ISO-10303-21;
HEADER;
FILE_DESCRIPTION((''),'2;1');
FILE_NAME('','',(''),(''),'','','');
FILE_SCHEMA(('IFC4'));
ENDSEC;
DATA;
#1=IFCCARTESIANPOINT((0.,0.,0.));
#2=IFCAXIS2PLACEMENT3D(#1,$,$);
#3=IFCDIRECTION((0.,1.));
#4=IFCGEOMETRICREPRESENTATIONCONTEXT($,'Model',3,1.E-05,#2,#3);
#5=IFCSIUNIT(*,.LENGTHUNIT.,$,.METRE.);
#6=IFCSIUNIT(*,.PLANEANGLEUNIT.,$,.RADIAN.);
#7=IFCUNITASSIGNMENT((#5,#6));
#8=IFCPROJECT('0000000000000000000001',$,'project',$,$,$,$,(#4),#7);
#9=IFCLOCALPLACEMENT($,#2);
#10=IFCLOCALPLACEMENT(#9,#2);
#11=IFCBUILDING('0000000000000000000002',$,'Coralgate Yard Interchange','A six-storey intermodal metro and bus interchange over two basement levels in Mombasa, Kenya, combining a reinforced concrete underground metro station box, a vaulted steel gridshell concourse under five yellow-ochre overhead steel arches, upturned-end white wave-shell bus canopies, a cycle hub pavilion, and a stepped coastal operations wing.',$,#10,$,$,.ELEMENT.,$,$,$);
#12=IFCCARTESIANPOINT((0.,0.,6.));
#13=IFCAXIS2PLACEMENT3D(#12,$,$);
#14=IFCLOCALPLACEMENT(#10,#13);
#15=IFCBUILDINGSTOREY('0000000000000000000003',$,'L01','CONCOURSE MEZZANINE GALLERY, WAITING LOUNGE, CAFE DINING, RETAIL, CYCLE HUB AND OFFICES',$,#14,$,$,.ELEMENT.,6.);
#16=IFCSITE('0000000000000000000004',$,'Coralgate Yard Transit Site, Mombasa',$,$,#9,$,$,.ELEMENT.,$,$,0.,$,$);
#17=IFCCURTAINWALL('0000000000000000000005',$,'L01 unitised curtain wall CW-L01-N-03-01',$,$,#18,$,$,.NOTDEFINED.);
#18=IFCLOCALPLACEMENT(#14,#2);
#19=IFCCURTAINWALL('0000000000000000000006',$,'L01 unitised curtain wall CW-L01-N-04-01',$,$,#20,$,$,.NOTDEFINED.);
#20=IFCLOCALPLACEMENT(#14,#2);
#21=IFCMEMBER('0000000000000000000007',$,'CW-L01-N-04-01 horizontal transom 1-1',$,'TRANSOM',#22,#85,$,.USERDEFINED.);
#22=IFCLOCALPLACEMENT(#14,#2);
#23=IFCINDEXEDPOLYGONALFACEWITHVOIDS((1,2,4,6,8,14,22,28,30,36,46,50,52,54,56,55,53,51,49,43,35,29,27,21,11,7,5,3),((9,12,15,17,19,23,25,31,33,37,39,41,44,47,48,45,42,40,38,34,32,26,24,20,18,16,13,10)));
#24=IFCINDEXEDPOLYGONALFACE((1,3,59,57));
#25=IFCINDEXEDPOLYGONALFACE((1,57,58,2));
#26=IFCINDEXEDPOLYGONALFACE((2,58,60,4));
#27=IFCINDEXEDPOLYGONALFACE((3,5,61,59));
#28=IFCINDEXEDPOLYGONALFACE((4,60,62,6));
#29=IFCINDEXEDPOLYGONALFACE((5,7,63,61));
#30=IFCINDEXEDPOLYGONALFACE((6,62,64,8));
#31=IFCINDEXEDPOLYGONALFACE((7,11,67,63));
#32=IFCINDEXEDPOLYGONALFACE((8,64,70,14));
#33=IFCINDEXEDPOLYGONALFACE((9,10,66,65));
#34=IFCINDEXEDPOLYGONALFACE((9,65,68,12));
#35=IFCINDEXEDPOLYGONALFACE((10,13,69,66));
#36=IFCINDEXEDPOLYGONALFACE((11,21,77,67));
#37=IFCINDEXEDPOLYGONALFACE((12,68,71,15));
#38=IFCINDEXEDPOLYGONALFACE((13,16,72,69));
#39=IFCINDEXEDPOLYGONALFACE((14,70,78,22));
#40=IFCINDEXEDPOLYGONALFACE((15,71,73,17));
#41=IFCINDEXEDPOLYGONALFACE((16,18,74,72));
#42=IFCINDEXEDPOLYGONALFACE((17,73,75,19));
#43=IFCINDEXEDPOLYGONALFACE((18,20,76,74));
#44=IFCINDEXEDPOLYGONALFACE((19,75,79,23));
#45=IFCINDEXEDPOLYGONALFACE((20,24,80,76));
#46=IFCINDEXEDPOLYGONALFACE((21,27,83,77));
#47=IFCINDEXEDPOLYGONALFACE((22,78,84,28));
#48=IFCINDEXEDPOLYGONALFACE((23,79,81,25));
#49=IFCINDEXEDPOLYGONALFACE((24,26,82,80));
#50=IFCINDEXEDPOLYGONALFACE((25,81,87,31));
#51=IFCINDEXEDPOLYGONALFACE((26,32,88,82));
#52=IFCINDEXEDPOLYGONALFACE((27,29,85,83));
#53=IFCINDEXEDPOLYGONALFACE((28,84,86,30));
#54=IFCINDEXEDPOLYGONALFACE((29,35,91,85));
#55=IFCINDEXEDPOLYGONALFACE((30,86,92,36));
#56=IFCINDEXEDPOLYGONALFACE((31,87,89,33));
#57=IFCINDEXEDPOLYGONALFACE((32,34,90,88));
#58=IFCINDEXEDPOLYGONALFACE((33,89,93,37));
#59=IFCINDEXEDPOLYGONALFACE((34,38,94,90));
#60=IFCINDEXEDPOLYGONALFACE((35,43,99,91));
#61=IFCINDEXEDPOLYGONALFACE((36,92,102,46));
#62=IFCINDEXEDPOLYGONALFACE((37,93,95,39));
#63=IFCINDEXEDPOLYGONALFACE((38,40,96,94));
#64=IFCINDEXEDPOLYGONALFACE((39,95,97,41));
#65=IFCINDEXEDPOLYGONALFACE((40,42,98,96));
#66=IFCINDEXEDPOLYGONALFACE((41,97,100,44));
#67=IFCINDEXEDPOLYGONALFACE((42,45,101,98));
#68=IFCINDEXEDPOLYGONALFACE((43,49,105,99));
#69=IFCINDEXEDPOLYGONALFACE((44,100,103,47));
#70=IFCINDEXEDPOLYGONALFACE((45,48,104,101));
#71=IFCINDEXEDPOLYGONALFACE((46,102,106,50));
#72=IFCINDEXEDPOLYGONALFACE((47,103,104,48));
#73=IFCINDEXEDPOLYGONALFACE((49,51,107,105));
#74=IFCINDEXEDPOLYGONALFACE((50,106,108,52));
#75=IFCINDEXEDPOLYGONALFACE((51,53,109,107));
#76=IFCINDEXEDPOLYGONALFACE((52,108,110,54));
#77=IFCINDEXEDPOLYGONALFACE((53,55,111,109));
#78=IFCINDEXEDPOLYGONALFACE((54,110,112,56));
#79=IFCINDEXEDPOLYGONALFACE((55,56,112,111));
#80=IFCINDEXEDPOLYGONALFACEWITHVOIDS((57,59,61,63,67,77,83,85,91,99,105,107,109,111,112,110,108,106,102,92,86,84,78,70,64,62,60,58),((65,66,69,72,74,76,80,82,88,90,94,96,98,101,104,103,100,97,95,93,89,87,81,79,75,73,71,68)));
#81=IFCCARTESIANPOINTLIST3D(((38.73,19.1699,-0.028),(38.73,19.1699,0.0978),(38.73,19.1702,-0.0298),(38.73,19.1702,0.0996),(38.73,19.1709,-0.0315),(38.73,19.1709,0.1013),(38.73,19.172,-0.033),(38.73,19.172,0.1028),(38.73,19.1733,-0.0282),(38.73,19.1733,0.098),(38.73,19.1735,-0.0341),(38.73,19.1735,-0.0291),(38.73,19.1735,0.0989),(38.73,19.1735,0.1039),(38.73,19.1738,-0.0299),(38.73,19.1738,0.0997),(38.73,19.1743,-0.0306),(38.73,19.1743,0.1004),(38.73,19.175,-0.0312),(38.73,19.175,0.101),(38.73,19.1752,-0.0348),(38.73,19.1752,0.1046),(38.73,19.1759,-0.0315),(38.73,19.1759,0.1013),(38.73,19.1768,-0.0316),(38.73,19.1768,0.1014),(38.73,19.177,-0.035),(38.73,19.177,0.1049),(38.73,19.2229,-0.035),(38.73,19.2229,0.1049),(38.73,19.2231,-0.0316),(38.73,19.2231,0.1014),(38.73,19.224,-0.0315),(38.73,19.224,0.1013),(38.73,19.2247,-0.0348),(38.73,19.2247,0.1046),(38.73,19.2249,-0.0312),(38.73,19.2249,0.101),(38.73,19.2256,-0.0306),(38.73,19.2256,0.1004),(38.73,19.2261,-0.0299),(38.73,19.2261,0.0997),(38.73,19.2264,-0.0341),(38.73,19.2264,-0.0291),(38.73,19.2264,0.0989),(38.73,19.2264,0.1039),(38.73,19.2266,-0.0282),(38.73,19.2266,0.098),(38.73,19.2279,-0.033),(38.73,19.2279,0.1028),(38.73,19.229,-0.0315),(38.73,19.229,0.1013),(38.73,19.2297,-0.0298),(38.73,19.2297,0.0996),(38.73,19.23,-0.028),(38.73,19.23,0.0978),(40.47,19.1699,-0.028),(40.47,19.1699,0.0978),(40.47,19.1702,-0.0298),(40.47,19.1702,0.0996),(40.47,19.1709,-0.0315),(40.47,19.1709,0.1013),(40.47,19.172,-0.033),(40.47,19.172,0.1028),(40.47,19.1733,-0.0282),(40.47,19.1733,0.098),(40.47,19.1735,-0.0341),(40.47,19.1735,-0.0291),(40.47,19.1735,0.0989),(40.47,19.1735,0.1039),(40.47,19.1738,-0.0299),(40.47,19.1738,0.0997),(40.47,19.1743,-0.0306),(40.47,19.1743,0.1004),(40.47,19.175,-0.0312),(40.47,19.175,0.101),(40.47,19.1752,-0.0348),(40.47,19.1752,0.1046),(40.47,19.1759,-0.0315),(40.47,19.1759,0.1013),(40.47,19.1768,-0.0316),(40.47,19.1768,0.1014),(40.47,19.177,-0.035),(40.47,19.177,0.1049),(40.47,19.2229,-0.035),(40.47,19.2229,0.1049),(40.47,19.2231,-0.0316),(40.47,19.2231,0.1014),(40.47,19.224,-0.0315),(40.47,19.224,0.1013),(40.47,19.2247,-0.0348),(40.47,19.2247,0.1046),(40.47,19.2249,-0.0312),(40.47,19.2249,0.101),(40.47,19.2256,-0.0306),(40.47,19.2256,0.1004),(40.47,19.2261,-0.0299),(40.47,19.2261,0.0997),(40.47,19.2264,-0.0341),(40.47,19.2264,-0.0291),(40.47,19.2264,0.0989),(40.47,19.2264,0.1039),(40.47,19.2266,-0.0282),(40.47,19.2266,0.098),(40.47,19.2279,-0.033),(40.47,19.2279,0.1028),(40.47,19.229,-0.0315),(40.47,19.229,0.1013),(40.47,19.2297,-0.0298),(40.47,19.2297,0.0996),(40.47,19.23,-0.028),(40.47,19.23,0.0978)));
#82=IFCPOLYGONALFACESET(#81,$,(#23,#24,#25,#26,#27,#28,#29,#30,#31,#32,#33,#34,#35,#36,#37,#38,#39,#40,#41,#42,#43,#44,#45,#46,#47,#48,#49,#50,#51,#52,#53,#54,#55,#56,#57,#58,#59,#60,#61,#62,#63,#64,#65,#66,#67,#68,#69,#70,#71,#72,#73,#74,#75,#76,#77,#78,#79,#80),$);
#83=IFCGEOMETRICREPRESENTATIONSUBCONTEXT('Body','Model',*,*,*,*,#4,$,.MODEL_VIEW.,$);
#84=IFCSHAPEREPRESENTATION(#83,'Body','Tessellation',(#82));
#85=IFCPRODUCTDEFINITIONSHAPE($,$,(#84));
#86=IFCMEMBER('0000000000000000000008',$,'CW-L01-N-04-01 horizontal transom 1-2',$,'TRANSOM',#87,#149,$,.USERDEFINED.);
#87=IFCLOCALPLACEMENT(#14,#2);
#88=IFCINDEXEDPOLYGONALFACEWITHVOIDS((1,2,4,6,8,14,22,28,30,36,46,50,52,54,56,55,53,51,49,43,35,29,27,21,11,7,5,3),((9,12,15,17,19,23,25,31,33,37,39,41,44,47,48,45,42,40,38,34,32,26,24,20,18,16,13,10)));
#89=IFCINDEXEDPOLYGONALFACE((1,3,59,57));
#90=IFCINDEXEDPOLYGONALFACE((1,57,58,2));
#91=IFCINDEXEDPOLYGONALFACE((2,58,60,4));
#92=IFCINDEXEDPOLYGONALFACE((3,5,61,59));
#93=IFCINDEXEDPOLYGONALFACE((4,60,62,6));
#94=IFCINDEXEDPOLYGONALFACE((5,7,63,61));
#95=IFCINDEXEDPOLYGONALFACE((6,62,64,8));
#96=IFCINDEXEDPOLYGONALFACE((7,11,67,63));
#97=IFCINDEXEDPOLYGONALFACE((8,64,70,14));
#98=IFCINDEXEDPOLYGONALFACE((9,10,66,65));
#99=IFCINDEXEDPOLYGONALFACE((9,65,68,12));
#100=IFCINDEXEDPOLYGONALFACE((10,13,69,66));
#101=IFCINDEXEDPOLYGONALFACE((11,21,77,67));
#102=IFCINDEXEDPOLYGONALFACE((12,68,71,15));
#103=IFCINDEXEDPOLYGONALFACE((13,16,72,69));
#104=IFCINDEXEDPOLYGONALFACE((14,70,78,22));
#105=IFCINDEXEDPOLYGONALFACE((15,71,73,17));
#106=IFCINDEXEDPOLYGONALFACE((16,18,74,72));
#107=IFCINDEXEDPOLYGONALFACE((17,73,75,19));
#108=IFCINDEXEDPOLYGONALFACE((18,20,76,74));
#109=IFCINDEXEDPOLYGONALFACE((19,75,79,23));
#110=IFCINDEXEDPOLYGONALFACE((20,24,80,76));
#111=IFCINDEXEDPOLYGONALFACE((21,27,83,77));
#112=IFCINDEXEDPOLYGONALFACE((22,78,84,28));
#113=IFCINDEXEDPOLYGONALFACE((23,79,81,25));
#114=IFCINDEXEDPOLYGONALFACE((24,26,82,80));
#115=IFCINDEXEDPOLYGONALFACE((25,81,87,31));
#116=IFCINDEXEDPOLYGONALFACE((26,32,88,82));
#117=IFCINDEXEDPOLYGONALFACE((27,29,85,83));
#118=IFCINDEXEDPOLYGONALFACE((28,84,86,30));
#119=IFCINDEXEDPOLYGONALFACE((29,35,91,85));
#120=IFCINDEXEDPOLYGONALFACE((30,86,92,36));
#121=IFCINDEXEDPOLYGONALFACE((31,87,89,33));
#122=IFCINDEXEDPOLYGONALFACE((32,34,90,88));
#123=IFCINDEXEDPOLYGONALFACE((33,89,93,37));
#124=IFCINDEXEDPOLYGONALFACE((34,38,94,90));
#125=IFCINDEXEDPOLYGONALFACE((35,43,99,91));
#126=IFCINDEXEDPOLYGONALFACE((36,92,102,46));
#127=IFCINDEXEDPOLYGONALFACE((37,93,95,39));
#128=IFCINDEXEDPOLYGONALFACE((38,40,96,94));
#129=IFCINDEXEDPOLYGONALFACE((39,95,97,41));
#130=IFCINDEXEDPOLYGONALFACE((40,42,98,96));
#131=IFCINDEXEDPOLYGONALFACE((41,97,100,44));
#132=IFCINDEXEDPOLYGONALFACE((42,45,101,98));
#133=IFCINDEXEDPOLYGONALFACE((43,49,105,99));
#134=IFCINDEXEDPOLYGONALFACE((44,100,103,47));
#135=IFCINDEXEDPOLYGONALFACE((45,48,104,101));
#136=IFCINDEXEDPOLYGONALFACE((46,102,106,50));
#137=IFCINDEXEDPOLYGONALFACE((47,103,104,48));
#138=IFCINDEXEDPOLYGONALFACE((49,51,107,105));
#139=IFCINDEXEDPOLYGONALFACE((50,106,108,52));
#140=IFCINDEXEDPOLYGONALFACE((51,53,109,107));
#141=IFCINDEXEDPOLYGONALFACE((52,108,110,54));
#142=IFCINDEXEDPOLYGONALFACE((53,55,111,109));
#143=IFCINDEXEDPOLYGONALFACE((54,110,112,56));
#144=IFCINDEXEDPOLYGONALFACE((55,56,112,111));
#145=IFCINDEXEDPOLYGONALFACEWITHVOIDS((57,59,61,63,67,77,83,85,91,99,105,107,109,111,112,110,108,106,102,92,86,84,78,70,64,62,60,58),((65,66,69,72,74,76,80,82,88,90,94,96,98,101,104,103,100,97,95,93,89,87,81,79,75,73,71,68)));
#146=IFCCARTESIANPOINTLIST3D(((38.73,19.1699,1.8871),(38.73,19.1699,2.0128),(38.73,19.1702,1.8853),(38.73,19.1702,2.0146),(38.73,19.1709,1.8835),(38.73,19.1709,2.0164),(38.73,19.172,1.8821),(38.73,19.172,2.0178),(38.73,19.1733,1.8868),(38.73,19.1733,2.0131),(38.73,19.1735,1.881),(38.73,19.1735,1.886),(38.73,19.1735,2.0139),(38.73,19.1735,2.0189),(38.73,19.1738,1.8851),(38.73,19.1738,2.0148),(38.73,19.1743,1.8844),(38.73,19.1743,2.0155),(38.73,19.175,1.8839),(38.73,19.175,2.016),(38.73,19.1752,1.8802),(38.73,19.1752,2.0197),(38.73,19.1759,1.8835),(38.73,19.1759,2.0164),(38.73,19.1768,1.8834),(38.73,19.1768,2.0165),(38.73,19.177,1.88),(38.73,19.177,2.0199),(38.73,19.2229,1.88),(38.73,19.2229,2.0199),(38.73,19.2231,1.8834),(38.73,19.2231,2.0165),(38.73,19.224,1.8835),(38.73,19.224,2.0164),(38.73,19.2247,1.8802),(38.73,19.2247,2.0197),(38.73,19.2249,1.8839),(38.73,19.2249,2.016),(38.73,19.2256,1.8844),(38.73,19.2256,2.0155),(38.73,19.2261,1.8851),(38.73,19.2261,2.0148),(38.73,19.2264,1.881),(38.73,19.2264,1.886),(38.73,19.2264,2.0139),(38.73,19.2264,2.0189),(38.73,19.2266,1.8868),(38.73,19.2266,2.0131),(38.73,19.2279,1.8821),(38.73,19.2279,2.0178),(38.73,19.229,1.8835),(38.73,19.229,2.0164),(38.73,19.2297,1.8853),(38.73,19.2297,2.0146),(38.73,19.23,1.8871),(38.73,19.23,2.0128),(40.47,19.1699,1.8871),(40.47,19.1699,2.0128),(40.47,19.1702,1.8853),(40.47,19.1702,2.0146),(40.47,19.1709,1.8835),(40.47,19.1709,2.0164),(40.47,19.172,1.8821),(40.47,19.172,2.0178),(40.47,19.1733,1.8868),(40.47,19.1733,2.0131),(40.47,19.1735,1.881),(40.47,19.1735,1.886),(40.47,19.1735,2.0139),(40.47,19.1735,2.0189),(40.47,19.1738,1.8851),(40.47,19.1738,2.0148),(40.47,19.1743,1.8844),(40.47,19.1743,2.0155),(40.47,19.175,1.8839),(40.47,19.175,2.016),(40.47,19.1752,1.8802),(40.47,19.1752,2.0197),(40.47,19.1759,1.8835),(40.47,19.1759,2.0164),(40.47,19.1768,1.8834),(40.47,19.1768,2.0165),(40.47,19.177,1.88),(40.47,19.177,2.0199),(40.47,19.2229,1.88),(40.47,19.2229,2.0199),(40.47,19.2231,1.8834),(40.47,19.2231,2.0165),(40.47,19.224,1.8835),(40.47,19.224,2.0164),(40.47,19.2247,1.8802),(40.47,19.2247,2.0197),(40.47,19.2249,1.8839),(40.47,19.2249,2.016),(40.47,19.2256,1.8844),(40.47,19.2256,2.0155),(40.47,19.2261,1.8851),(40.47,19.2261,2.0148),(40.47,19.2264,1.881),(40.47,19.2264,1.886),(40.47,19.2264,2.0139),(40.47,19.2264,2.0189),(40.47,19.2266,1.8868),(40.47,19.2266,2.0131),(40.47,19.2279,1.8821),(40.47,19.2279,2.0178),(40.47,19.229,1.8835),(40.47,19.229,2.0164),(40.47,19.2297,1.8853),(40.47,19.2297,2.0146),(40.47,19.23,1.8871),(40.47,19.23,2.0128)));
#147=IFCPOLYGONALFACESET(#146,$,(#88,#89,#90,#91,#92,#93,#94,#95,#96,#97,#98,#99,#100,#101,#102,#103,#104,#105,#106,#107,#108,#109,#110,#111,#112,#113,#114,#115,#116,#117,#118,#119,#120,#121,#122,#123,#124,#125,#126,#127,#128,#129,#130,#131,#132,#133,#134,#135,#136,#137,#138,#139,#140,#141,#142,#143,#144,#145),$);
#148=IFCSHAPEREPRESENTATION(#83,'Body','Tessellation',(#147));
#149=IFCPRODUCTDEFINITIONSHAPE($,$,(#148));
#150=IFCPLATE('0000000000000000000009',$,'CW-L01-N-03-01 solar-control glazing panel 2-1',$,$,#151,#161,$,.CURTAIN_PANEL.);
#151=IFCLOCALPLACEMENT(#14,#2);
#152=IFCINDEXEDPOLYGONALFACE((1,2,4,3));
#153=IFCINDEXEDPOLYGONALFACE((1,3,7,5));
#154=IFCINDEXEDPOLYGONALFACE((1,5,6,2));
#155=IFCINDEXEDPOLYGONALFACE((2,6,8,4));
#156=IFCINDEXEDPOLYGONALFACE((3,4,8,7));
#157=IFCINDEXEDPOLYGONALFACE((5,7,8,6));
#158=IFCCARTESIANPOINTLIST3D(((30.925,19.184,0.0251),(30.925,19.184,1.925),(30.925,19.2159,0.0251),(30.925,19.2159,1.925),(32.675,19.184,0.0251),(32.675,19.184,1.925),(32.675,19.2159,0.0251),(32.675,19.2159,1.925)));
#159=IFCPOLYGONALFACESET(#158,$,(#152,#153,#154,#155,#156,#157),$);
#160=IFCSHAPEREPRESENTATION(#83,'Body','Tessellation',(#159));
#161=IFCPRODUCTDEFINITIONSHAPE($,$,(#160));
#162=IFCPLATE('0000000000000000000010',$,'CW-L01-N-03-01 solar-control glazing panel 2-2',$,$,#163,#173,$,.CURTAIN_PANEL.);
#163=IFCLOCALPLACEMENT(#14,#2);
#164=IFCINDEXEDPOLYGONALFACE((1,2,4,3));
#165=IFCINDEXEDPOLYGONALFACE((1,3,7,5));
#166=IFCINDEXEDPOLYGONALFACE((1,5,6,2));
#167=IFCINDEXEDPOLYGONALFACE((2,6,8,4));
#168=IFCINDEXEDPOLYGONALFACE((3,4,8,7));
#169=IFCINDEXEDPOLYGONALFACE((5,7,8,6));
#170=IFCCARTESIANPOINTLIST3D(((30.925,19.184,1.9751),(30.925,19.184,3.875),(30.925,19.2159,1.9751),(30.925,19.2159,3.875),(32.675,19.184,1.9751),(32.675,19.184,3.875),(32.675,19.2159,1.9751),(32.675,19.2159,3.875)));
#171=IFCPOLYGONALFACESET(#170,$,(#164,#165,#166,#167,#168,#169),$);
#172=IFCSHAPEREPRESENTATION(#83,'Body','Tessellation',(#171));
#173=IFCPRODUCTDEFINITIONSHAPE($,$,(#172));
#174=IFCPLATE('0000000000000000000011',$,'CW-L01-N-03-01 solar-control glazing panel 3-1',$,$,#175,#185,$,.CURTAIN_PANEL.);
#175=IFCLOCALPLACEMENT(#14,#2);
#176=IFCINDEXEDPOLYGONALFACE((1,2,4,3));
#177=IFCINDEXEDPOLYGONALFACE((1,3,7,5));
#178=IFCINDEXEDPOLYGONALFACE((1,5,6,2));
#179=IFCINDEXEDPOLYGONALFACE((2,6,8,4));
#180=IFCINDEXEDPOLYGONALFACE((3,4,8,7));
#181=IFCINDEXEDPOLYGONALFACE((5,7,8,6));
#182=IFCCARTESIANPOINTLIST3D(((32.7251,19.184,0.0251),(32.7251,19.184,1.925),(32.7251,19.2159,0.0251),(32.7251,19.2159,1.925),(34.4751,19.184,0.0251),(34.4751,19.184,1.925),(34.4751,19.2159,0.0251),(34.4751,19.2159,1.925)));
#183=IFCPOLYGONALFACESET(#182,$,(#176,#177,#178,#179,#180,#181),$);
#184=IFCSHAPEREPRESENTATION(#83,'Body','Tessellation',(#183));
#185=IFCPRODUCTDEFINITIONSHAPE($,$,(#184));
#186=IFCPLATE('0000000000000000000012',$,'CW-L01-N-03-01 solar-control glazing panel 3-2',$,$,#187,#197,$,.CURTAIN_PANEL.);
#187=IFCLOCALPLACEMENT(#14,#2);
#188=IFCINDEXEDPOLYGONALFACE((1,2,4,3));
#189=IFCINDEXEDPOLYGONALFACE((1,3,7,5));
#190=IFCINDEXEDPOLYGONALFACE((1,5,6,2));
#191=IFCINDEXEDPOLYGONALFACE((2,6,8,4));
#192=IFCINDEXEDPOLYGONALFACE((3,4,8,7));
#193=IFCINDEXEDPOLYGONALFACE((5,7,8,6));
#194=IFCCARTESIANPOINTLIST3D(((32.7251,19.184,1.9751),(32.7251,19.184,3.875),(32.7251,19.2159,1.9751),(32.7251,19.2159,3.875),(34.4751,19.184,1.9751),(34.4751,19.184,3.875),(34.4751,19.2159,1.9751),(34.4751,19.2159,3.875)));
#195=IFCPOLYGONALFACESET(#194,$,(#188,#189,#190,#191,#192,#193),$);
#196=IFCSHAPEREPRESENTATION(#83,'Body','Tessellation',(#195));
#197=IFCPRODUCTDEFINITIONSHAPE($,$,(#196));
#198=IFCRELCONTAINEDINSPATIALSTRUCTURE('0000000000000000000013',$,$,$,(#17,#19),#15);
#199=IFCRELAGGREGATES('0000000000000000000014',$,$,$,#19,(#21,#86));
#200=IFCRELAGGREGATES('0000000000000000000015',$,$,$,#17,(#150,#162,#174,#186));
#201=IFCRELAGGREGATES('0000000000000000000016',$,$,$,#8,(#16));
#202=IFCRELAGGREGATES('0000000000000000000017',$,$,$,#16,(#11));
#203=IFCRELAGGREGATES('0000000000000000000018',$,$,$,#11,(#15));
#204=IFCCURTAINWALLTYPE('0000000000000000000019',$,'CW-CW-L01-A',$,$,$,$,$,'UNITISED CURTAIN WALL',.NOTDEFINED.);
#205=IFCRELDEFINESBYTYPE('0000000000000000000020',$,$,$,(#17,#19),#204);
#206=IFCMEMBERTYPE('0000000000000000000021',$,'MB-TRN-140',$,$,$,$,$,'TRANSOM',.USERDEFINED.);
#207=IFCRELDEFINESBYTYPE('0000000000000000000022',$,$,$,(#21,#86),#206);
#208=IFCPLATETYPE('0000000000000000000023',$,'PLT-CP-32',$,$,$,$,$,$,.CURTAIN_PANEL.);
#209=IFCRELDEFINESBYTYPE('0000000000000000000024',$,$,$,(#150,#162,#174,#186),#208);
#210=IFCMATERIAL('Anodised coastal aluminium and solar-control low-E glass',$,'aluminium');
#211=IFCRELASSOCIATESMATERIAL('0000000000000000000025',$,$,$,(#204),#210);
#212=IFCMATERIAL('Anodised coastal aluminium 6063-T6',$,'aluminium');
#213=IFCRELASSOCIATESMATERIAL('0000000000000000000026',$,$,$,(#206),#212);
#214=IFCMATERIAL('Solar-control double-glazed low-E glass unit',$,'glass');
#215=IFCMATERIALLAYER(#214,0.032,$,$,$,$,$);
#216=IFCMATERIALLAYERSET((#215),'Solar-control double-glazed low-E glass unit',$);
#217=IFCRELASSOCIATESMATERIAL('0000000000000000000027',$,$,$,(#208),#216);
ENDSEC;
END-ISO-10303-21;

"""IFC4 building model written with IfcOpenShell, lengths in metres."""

from ifc_helpers import new_model, si_unit, direction, frame, origin, origin_2d, place, context, subcontext, project, spatial, rectangle, hollow_rectangle, extrude, material, layer, layer_set, material_profile, profile_set, type_object, element, aggregate, save


model = new_model("IFC4")

# Units and contexts
model_context = context("Model", 3, precision=1e-05, world=origin(), true_north=direction((0.0, 1.0)))
body_context = subcontext(model_context, "Body", "Model", "MODEL_VIEW")
ifc_project = project(units=[si_unit("LENGTHUNIT", "METRE"), si_unit("PLANEANGLEUNIT", "RADIAN")], contexts=[model_context])

# Site, building, storey
site_placement = place(None, origin())
site = spatial("IfcSite", under=ifc_project, at=site_placement, Name="Coralgate Yard Transit Site, Mombasa", CompositionType="ELEMENT", RefElevation=0.0)
building_placement = place(site_placement, origin())
building = spatial("IfcBuilding", under=site, at=building_placement, Name="Coralgate Yard Interchange", Description="A six-storey intermodal metro and bus interchange over two basement levels in Mombasa, Kenya, combining a reinforced concrete underground metro station box, a vaulted steel gridshell concourse under five yellow-ochre overhead steel arches, upturned-end white wave-shell bus canopies, a cycle hub pavilion, and a stepped coastal operations wing.", CompositionType="ELEMENT")
storey_placement = place(building_placement, frame((0.0, 0.0, 6.0)))
storey = spatial("IfcBuildingStorey", under=building, at=storey_placement, Name="L01", Description="CONCOURSE MEZZANINE GALLERY, WAITING LOUNGE, CAFE DINING, RETAIL, CYCLE HUB AND OFFICES", CompositionType="ELEMENT", Elevation=6.0)

# Curtain wall
ifc_material_1 = material(Name="Anodised coastal aluminium and solar-control low-E glass", Category="aluminium")
curtain_wall_type = type_object("IfcCurtainWallType", Name="CW-CW-L01-A", ElementType="UNITISED CURTAIN WALL", PredefinedType="NOTDEFINED", material=ifc_material_1)
curtain_wall_1_placement = place(storey_placement, origin())
curtain_wall_1 = element("IfcCurtainWall", 1, at=curtain_wall_1_placement, inside=storey, type_object=curtain_wall_type, Name="L01 unitised curtain wall CW-L01-N-03-01", PredefinedType="NOTDEFINED")
ifc_material_2 = material(Name="Anodised coastal aluminium 6063-T6", Category="aluminium")

# Curtain wall
curtain_wall_2_placement = place(storey_placement, origin())
curtain_wall_2 = element("IfcCurtainWall", 2, at=curtain_wall_2_placement, inside=storey, type_object=curtain_wall_type, Name="L01 unitised curtain wall CW-L01-N-04-01", PredefinedType="NOTDEFINED")

# Members
ifc_material_profile_1 = material_profile(ifc_material_2, hollow_rectangle(XDim=0.0601, YDim=0.1399, WallThickness=0.0034, InnerFilletRadius=0.0034, OuterFilletRadius=0.0071, at=origin_2d()), Name="ALU 60x140x3.5")
ifc_profile_set_1 = profile_set([ifc_material_profile_1], Name="Anodised coastal aluminium 6063-T6")
member_type_1 = type_object("IfcMemberType", Name="MB-TRN-140", ElementType="TRANSOM", PredefinedType="USERDEFINED", material=ifc_profile_set_1)
member_1_placement = place(storey_placement, frame((38.73, 19.2, 0.0349), z_axis=(1.0, 0.0, 0.0), x_axis=(0.0, 1.0, 0.0)))
member_1 = element("IfcMember", 3, at=member_1_placement, type_object=member_type_1, Name="CW-L01-N-04-01 horizontal transom 1-1", ObjectType="TRANSOM", PredefinedType="USERDEFINED", context=body_context, shape_type="SweptSolid", body=[
    extrude(hollow_rectangle(XDim=0.0601, YDim=0.1399, WallThickness=0.0034, InnerFilletRadius=0.0034, OuterFilletRadius=0.0071, at=origin_2d()), origin(), (0.0, 0.0, 1.0), 1.74),
])
member_2_placement = place(storey_placement, frame((38.73, 19.2, 1.95), z_axis=(1.0, 0.0, 0.0), x_axis=(0.0, 1.0, 0.0)))
member_2 = element("IfcMember", 4, at=member_2_placement, type_object=member_type_1, Name="CW-L01-N-04-01 horizontal transom 1-2", ObjectType="TRANSOM", PredefinedType="USERDEFINED", context=body_context, shape_type="SweptSolid", body=[
    extrude(hollow_rectangle(XDim=0.0601, YDim=0.1399, WallThickness=0.0034, InnerFilletRadius=0.0034, OuterFilletRadius=0.0071, at=origin_2d()), origin(), (0.0, 0.0, 1.0), 1.74),
])
aggregate(curtain_wall_2, [member_1, member_2])

# Plates
ifc_material_3 = material(Name="Solar-control double-glazed low-E glass unit", Category="glass")
ifc_layer = layer(ifc_material_3, 0.032)
ifc_layer_set = layer_set([ifc_layer], Name="Solar-control double-glazed low-E glass unit")
plate_type = type_object("IfcPlateType", Name="PLT-CP-32", PredefinedType="CURTAIN_PANEL", material=ifc_layer_set)
plate_1_placement = place(storey_placement, frame((31.8, 19.2, 0.0251), z_axis=(0.0, 0.0, 1.0), x_axis=(1.0, 0.0, 0.0)))
plate_1 = element("IfcPlate", 5, at=plate_1_placement, type_object=plate_type, Name="CW-L01-N-03-01 solar-control glazing panel 2-1", PredefinedType="CURTAIN_PANEL", context=body_context, shape_type="SweptSolid", body=[
    extrude(rectangle(XDim=1.75, YDim=0.032, at=origin_2d()), origin(), (0.0, 0.0, 1.0), 1.8999),
])
plate_2_placement = place(storey_placement, frame((31.8, 19.2, 1.9751), z_axis=(0.0, 0.0, 1.0), x_axis=(1.0, 0.0, 0.0)))
plate_2 = element("IfcPlate", 6, at=plate_2_placement, type_object=plate_type, Name="CW-L01-N-03-01 solar-control glazing panel 2-2", PredefinedType="CURTAIN_PANEL", context=body_context, shape_type="SweptSolid", body=[
    extrude(rectangle(XDim=1.75, YDim=0.032, at=origin_2d()), origin(), (0.0, 0.0, 1.0), 1.8999),
])
plate_3_placement = place(storey_placement, frame((33.6001, 19.2, 0.0251), z_axis=(0.0, 0.0, 1.0), x_axis=(1.0, 0.0, 0.0)))
plate_3 = element("IfcPlate", 7, at=plate_3_placement, type_object=plate_type, Name="CW-L01-N-03-01 solar-control glazing panel 3-1", PredefinedType="CURTAIN_PANEL", context=body_context, shape_type="SweptSolid", body=[
    extrude(rectangle(XDim=1.75, YDim=0.032, at=origin_2d()), origin(), (0.0, 0.0, 1.0), 1.8999),
])
plate_4_placement = place(storey_placement, frame((33.6001, 19.2, 1.9751), z_axis=(0.0, 0.0, 1.0), x_axis=(1.0, 0.0, 0.0)))
plate_4 = element("IfcPlate", 8, at=plate_4_placement, type_object=plate_type, Name="CW-L01-N-03-01 solar-control glazing panel 3-2", PredefinedType="CURTAIN_PANEL", context=body_context, shape_type="SweptSolid", body=[
    extrude(rectangle(XDim=1.75, YDim=0.032, at=origin_2d()), origin(), (0.0, 0.0, 1.0), 1.8999),
])
aggregate(curtain_wall_1, [plate_1, plate_2, plate_3, plate_4])

save(model, "model.ifc")
